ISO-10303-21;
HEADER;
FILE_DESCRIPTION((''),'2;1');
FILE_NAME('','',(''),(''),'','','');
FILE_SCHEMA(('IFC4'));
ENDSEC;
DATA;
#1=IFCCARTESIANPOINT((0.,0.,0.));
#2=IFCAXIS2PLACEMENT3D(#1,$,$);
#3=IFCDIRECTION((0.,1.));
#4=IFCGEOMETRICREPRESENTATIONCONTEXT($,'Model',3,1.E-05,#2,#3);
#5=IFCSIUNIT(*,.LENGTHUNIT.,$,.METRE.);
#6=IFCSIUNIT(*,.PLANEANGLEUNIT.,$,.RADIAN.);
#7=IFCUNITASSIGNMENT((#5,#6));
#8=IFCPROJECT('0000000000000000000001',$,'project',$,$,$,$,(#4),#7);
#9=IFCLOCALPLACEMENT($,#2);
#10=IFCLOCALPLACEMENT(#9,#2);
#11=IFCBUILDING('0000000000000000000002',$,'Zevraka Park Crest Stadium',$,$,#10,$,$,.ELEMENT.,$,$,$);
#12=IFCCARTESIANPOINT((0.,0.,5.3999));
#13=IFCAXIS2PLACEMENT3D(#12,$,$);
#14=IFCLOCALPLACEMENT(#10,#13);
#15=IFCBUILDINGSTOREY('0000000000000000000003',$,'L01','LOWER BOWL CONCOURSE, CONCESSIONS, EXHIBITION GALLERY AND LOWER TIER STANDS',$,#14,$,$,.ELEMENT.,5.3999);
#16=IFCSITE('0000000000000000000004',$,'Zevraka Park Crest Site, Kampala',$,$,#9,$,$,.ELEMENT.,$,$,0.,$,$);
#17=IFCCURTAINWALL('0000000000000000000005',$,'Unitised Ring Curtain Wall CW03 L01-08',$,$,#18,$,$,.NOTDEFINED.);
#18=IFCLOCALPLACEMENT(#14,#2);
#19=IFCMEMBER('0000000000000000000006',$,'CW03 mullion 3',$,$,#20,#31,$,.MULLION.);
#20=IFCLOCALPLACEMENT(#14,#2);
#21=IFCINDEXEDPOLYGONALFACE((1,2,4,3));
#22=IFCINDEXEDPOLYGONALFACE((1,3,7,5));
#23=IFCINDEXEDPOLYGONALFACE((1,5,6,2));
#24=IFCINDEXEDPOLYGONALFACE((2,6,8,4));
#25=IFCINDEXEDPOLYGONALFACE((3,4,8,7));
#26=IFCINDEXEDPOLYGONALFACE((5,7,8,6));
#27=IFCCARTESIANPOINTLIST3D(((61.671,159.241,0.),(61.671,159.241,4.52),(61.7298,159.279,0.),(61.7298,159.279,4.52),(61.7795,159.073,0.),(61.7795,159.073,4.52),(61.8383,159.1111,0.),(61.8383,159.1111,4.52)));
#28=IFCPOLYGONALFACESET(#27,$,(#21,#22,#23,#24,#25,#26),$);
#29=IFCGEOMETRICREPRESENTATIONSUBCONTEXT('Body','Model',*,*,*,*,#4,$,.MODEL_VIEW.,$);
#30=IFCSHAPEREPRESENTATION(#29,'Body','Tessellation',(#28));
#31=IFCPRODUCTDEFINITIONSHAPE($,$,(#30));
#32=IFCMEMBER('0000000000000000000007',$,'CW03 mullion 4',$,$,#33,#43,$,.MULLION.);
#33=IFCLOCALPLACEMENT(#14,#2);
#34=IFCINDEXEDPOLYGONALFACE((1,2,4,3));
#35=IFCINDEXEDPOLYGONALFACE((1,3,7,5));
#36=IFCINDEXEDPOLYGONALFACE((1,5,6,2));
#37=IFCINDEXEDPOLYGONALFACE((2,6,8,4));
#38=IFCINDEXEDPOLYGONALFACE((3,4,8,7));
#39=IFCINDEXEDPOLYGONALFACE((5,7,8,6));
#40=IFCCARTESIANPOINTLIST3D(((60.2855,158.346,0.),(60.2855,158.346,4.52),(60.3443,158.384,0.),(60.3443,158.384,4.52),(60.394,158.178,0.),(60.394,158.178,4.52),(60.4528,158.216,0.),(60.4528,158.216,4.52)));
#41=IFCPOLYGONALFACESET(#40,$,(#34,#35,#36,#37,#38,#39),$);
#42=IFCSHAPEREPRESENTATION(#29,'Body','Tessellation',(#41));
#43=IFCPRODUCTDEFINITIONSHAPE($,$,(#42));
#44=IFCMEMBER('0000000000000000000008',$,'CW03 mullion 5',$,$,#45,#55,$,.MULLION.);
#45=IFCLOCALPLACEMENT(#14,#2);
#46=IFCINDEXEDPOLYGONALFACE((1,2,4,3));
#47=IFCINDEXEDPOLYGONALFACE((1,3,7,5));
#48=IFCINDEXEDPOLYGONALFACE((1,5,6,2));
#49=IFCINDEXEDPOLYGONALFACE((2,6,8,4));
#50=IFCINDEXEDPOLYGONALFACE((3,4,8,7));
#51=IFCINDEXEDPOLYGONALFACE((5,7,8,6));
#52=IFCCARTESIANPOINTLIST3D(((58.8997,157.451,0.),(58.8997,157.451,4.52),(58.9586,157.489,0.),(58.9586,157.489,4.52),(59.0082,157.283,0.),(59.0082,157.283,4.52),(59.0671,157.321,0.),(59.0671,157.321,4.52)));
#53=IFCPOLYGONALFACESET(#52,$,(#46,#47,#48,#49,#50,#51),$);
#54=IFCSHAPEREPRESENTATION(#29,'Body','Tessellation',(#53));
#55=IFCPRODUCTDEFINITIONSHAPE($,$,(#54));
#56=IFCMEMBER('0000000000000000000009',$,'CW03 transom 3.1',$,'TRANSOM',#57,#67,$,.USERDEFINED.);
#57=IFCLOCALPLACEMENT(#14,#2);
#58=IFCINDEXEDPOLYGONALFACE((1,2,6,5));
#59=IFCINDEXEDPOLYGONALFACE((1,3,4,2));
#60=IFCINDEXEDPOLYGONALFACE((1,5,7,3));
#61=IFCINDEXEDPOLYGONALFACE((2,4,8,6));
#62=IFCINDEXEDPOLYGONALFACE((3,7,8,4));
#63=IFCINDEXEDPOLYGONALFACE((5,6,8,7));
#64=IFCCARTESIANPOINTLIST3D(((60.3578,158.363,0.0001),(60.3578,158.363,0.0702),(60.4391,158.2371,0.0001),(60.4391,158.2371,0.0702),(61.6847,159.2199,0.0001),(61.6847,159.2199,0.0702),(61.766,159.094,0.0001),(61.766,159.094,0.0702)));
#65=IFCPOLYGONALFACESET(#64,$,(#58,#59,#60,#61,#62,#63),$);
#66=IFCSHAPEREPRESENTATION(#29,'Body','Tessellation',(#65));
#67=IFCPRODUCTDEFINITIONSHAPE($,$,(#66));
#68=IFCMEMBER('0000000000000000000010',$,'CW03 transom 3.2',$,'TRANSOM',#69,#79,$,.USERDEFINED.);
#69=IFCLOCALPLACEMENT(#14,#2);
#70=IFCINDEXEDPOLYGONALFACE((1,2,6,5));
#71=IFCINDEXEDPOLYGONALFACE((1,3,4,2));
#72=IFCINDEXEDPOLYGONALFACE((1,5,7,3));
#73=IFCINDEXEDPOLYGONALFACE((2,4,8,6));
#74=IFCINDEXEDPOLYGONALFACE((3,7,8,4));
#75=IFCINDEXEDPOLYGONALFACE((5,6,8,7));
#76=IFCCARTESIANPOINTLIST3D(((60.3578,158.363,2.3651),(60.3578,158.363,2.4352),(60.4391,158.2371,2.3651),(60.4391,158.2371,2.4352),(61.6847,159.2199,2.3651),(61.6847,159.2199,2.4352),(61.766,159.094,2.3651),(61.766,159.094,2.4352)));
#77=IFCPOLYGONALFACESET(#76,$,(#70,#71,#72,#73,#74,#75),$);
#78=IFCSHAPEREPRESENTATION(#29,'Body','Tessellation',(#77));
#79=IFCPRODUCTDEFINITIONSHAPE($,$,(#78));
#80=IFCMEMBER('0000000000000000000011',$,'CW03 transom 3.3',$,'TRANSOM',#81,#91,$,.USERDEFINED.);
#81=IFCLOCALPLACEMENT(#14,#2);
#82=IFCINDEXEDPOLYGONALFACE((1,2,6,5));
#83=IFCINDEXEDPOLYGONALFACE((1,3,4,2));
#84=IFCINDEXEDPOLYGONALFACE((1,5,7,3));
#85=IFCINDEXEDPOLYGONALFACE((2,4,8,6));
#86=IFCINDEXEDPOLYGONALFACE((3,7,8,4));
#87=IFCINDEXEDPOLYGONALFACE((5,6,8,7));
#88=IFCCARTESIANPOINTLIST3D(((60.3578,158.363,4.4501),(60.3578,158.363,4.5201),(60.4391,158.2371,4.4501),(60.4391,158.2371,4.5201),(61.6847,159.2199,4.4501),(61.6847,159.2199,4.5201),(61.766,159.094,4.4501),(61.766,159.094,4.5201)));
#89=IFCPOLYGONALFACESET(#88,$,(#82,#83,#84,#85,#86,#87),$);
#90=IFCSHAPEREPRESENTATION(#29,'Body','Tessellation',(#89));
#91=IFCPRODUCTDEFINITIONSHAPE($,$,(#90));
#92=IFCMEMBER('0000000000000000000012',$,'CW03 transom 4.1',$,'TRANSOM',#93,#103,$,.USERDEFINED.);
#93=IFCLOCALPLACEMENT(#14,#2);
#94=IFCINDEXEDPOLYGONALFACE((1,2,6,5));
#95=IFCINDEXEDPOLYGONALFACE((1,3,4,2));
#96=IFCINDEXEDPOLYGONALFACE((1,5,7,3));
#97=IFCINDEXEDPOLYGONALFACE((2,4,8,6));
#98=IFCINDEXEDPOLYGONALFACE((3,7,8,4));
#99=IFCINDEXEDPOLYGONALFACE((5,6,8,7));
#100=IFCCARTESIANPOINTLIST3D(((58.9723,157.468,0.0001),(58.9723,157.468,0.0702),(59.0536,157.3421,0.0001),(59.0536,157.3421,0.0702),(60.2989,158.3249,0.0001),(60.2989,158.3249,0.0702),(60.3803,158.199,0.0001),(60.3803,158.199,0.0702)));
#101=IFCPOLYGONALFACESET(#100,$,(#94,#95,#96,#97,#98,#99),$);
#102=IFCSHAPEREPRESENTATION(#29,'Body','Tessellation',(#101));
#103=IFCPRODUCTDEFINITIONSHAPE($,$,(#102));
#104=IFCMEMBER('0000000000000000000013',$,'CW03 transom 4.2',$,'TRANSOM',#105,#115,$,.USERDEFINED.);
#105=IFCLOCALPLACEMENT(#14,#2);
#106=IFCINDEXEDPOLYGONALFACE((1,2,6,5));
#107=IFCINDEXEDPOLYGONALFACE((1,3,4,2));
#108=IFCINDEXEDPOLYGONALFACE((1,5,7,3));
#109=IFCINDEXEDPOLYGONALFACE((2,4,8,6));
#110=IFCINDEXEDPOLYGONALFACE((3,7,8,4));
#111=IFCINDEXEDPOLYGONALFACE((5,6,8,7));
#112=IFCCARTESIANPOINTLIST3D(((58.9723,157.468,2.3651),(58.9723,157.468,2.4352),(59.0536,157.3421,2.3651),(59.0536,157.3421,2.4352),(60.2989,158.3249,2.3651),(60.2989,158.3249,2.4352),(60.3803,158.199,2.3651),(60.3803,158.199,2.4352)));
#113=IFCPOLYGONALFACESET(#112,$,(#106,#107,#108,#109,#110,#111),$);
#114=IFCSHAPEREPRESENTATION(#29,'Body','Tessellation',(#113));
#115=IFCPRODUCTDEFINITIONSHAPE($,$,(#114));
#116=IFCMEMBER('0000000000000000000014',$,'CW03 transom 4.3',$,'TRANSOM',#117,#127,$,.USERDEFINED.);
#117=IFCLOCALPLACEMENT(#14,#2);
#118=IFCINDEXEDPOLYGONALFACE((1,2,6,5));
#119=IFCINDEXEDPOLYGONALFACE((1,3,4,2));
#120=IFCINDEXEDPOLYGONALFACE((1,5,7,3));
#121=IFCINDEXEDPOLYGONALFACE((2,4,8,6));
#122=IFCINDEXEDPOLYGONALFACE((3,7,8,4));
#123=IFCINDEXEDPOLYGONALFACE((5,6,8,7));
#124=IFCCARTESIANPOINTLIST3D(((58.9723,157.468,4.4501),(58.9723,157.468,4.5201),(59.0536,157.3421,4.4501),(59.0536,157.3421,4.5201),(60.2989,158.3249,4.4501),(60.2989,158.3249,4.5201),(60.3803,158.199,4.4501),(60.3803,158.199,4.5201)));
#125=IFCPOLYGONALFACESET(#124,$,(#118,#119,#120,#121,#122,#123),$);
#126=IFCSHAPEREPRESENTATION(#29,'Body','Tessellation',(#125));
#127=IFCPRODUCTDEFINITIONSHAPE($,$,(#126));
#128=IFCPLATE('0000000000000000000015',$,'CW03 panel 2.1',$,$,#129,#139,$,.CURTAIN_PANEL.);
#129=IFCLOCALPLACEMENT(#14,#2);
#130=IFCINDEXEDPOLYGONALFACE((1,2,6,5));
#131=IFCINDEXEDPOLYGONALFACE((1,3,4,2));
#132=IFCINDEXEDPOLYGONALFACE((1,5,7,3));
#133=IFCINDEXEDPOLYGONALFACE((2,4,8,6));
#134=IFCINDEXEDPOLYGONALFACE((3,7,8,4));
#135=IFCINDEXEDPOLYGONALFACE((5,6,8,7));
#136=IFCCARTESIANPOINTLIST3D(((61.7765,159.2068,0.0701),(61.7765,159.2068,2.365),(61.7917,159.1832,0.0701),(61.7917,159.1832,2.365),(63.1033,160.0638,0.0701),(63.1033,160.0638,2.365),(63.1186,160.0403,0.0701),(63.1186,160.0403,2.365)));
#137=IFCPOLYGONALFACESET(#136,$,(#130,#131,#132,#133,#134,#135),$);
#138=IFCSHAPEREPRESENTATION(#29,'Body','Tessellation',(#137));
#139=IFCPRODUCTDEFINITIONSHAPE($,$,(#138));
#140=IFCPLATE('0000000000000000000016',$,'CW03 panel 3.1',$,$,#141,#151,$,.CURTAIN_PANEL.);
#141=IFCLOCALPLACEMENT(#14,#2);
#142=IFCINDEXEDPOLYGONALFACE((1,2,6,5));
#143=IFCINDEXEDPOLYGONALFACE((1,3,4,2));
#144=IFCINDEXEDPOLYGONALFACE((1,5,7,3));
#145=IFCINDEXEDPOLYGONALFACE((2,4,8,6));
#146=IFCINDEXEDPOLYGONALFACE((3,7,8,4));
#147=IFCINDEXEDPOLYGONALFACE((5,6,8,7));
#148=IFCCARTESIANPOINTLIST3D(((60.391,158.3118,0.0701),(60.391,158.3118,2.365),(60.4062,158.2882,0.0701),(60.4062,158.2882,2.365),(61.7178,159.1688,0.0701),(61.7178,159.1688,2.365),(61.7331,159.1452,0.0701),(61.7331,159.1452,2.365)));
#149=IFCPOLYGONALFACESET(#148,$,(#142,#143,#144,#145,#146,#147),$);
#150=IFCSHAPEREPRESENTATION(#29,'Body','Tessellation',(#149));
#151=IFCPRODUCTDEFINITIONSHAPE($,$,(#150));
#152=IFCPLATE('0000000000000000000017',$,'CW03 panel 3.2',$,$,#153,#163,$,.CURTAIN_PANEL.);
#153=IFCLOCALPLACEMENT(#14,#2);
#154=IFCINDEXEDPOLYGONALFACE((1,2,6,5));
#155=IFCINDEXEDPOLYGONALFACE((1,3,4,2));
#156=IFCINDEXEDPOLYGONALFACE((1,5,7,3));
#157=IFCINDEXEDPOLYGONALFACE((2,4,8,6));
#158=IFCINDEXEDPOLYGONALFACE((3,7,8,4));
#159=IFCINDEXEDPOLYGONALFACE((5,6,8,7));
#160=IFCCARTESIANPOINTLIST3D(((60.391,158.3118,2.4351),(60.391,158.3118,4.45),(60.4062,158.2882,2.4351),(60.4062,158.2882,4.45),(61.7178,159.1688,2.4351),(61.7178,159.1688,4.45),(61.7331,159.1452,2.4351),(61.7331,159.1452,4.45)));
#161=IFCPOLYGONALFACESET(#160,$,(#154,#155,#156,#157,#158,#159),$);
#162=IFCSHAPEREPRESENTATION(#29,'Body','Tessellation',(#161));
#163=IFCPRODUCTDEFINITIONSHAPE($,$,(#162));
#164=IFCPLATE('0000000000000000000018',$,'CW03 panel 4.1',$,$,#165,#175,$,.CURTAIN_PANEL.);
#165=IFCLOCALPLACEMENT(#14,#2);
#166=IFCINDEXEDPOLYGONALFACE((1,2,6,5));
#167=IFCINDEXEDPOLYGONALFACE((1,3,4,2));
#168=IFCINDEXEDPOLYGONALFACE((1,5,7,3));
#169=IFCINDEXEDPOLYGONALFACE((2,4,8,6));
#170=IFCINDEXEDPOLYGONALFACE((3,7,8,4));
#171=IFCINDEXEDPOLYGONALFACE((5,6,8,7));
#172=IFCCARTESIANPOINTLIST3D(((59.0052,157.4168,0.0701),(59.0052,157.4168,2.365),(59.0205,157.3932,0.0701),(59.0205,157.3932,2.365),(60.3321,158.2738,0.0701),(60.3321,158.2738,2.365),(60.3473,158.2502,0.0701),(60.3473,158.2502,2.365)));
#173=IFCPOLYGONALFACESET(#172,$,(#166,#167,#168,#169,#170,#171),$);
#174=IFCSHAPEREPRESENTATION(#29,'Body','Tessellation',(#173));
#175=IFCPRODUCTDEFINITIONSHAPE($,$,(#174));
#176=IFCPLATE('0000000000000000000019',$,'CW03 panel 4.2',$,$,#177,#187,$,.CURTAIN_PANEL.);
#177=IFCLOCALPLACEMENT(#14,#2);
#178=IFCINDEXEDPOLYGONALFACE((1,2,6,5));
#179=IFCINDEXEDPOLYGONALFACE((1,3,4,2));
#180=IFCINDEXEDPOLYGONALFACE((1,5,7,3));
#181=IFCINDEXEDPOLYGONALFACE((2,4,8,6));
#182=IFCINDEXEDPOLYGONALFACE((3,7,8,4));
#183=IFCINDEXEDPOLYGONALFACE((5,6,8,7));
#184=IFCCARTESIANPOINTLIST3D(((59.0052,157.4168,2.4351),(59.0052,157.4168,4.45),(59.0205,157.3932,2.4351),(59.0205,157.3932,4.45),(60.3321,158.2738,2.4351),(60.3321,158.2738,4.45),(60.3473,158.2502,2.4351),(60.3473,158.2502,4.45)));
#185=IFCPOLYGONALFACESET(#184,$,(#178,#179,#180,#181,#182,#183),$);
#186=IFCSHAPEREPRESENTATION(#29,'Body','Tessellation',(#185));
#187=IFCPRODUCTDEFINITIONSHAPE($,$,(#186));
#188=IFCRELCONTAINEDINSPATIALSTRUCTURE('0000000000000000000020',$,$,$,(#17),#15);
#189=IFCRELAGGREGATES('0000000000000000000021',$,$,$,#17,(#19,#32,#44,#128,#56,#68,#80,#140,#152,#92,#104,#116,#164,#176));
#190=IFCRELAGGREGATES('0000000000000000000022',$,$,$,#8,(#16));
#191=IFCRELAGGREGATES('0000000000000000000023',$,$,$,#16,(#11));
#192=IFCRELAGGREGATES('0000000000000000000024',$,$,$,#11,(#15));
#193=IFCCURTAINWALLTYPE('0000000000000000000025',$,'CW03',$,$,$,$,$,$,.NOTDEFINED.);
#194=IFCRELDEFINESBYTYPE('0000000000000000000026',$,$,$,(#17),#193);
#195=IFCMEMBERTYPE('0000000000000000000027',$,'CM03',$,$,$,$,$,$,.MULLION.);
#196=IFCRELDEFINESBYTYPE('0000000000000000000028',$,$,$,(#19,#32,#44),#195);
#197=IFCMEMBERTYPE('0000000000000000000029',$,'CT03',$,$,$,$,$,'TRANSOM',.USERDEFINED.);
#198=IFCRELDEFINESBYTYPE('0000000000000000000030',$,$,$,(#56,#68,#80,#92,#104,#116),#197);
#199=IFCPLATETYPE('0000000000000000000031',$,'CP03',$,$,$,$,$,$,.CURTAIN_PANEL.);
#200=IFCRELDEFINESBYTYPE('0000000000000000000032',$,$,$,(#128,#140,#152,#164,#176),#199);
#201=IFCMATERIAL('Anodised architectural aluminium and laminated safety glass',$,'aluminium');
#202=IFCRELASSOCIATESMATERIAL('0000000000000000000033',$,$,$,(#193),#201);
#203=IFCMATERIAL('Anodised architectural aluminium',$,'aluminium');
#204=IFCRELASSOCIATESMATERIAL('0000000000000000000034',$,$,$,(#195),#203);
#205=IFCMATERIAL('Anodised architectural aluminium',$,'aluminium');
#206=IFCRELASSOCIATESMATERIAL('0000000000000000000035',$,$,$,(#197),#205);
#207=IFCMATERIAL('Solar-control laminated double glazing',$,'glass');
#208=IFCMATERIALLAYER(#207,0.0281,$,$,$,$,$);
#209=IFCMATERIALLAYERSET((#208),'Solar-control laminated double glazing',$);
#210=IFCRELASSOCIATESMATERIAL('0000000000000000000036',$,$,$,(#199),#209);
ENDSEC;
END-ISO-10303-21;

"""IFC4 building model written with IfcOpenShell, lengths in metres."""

from ifc_helpers import new_model, si_unit, direction, frame, origin, origin_2d, place, context, subcontext, project, spatial, rectangle, extrude, material, layer, layer_set, material_profile, profile_set, type_object, element, aggregate, save


model = new_model("IFC4")

# Units and contexts
model_context = context("Model", 3, precision=1e-05, world=origin(), true_north=direction((0.0, 1.0)))
body_context = subcontext(model_context, "Body", "Model", "MODEL_VIEW")
ifc_project = project(units=[si_unit("LENGTHUNIT", "METRE"), si_unit("PLANEANGLEUNIT", "RADIAN")], contexts=[model_context])

# Site, building, storey
site_placement = place(None, origin())
site = spatial("IfcSite", under=ifc_project, at=site_placement, Name="Zevraka Park Crest Site, Kampala", CompositionType="ELEMENT", RefElevation=0.0)
building_placement = place(site_placement, origin())
building = spatial("IfcBuilding", under=site, at=building_placement, Name="Zevraka Park Crest Stadium", CompositionType="ELEMENT")
storey_placement = place(building_placement, frame((0.0, 0.0, 5.3999)))
storey = spatial("IfcBuildingStorey", under=building, at=storey_placement, Name="L01", Description="LOWER BOWL CONCOURSE, CONCESSIONS, EXHIBITION GALLERY AND LOWER TIER STANDS", CompositionType="ELEMENT", Elevation=5.3999)

# Curtain wall, members, plates
ifc_material_1 = material(Name="Anodised architectural aluminium and laminated safety glass", Category="aluminium")
curtain_wall_type = type_object("IfcCurtainWallType", Name="CW03", PredefinedType="NOTDEFINED", material=ifc_material_1)
curtain_wall_placement = place(storey_placement, origin())
curtain_wall = element("IfcCurtainWall", 1, at=curtain_wall_placement, inside=storey, type_object=curtain_wall_type, Name="Unitised Ring Curtain Wall CW03 L01-08", PredefinedType="NOTDEFINED")
ifc_material_2 = material(Name="Anodised architectural aluminium", Category="aluminium")
ifc_material_profile_1 = material_profile(ifc_material_2, rectangle(XDim=0.2, YDim=0.0701, at=origin_2d()), Name="ALU MULLION 200x70")
ifc_profile_set_1 = profile_set([ifc_material_profile_1], Name="Anodised architectural aluminium")
member_type_1 = type_object("IfcMemberType", Name="CM03", PredefinedType="MULLION", material=ifc_profile_set_1)
member_1_placement = place(storey_placement, frame((61.7546, 159.176, 0.0), z_axis=(0.0, 0.0, 1.0), x_axis=(0.542571, -0.84001, 0.0)))
member_1 = element("IfcMember", 2, at=member_1_placement, type_object=member_type_1, Name="CW03 mullion 3", PredefinedType="MULLION", context=body_context, shape_type="SweptSolid", body=[
    extrude(rectangle(XDim=0.2, YDim=0.0701, at=origin_2d()), origin(), (0.0, 0.0, 1.0), 4.52),
])
member_2_placement = place(storey_placement, frame((60.3691, 158.281, 0.0), z_axis=(0.0, 0.0, 1.0), x_axis=(0.542571, -0.84001, 0.0)))
member_2 = element("IfcMember", 3, at=member_2_placement, type_object=member_type_1, Name="CW03 mullion 4", PredefinedType="MULLION", context=body_context, shape_type="SweptSolid", body=[
    extrude(rectangle(XDim=0.2, YDim=0.0701, at=origin_2d()), origin(), (0.0, 0.0, 1.0), 4.52),
])
member_3_placement = place(storey_placement, frame((58.9834, 157.386, 0.0), z_axis=(0.0, 0.0, 1.0), x_axis=(0.542571, -0.84001, 0.0)))
member_3 = element("IfcMember", 4, at=member_3_placement, type_object=member_type_1, Name="CW03 mullion 5", PredefinedType="MULLION", context=body_context, shape_type="SweptSolid", body=[
    extrude(rectangle(XDim=0.2, YDim=0.0701, at=origin_2d()), origin(), (0.0, 0.0, 1.0), 4.52),
])
ifc_material_3 = material(Name="Anodised architectural aluminium", Category="aluminium")
ifc_material_profile_2 = material_profile(ifc_material_3, rectangle(XDim=0.1499, YDim=0.0701, at=origin_2d()), Name="ALU TRANSOM 150x70")
ifc_profile_set_2 = profile_set([ifc_material_profile_2], Name="Anodised architectural aluminium")
member_type_2 = type_object("IfcMemberType", Name="CT03", ElementType="TRANSOM", PredefinedType="USERDEFINED", material=ifc_profile_set_2)
member_4_placement = place(storey_placement, frame((61.7253, 159.157, 0.0352), z_axis=(-0.840047, -0.542514, 0.0), x_axis=(0.542514, -0.840047, 0.0)))
member_4 = element("IfcMember", 5, at=member_4_placement, type_object=member_type_2, Name="CW03 transom 3.1", ObjectType="TRANSOM", PredefinedType="USERDEFINED", context=body_context, shape_type="SweptSolid", body=[
    extrude(rectangle(XDim=0.1499, YDim=0.0701, at=origin_2d()), origin(), (0.0, 0.0, 1.0), 1.5796),
])
member_5_placement = place(storey_placement, frame((61.7253, 159.157, 2.4001), z_axis=(-0.840047, -0.542514, 0.0), x_axis=(0.542514, -0.840047, 0.0)))
member_5 = element("IfcMember", 6, at=member_5_placement, type_object=member_type_2, Name="CW03 transom 3.2", ObjectType="TRANSOM", PredefinedType="USERDEFINED", context=body_context, shape_type="SweptSolid", body=[
    extrude(rectangle(XDim=0.1499, YDim=0.0701, at=origin_2d()), origin(), (0.0, 0.0, 1.0), 1.5796),
])
member_6_placement = place(storey_placement, frame((61.7253, 159.157, 4.4851), z_axis=(-0.840047, -0.542514, 0.0), x_axis=(0.542514, -0.840047, 0.0)))
member_6 = element("IfcMember", 7, at=member_6_placement, type_object=member_type_2, Name="CW03 transom 3.3", ObjectType="TRANSOM", PredefinedType="USERDEFINED", context=body_context, shape_type="SweptSolid", body=[
    extrude(rectangle(XDim=0.1499, YDim=0.0701, at=origin_2d()), origin(), (0.0, 0.0, 1.0), 1.5796),
])
member_7_placement = place(storey_placement, frame((60.3396, 158.262, 0.0352), z_axis=(-0.840001, -0.542585, 0.0), x_axis=(0.542585, -0.840001, 0.0)))
member_7 = element("IfcMember", 8, at=member_7_placement, type_object=member_type_2, Name="CW03 transom 4.1", ObjectType="TRANSOM", PredefinedType="USERDEFINED", context=body_context, shape_type="SweptSolid", body=[
    extrude(rectangle(XDim=0.1499, YDim=0.0701, at=origin_2d()), origin(), (0.0, 0.0, 1.0), 1.5793),
])
member_8_placement = place(storey_placement, frame((60.3396, 158.262, 2.4001), z_axis=(-0.840001, -0.542585, 0.0), x_axis=(0.542585, -0.840001, 0.0)))
member_8 = element("IfcMember", 9, at=member_8_placement, type_object=member_type_2, Name="CW03 transom 4.2", ObjectType="TRANSOM", PredefinedType="USERDEFINED", context=body_context, shape_type="SweptSolid", body=[
    extrude(rectangle(XDim=0.1499, YDim=0.0701, at=origin_2d()), origin(), (0.0, 0.0, 1.0), 1.5793),
])
member_9_placement = place(storey_placement, frame((60.3396, 158.262, 4.4851), z_axis=(-0.840001, -0.542585, 0.0), x_axis=(0.542585, -0.840001, 0.0)))
member_9 = element("IfcMember", 10, at=member_9_placement, type_object=member_type_2, Name="CW03 transom 4.3", ObjectType="TRANSOM", PredefinedType="USERDEFINED", context=body_context, shape_type="SweptSolid", body=[
    extrude(rectangle(XDim=0.1499, YDim=0.0701, at=origin_2d()), origin(), (0.0, 0.0, 1.0), 1.5793),
])
ifc_material_4 = material(Name="Solar-control laminated double glazing", Category="glass")
ifc_layer_1 = layer(ifc_material_4, 0.0281)
ifc_layer_set_1 = layer_set([ifc_layer_1], Name="Solar-control laminated double glazing")
plate_type = type_object("IfcPlateType", Name="CP03", PredefinedType="CURTAIN_PANEL", material=ifc_layer_set_1)
plate_1_placement = place(storey_placement, frame((62.4475, 159.6235, 0.0701), z_axis=(0.0, 0.0, 1.0), x_axis=(-0.84001, -0.542571, 0.0)))
plate_1 = element("IfcPlate", 11, at=plate_1_placement, type_object=plate_type, Name="CW03 panel 2.1", PredefinedType="CURTAIN_PANEL", context=body_context, shape_type="SweptSolid", body=[
    extrude(rectangle(XDim=1.5796, YDim=0.0281, at=origin_2d()), origin(), (0.0, 0.0, 1.0), 2.2949),
])
plate_2_placement = place(storey_placement, frame((61.062, 158.7285, 0.0701), z_axis=(0.0, 0.0, 1.0), x_axis=(-0.84001, -0.542571, 0.0)))
plate_2 = element("IfcPlate", 12, at=plate_2_placement, type_object=plate_type, Name="CW03 panel 3.1", PredefinedType="CURTAIN_PANEL", context=body_context, shape_type="SweptSolid", body=[
    extrude(rectangle(XDim=1.5796, YDim=0.0281, at=origin_2d()), origin(), (0.0, 0.0, 1.0), 2.2949),
])
plate_3_placement = place(storey_placement, frame((61.062, 158.7285, 2.4351), z_axis=(0.0, 0.0, 1.0), x_axis=(-0.84001, -0.542571, 0.0)))
plate_3 = element("IfcPlate", 13, at=plate_3_placement, type_object=plate_type, Name="CW03 panel 3.2", PredefinedType="CURTAIN_PANEL", context=body_context, shape_type="SweptSolid", body=[
    extrude(rectangle(XDim=1.5796, YDim=0.0281, at=origin_2d()), origin(), (0.0, 0.0, 1.0), 2.0149),
])
plate_4_placement = place(storey_placement, frame((59.6763, 157.8335, 0.0701), z_axis=(0.0, 0.0, 1.0), x_axis=(-0.84001, -0.542571, 0.0)))
plate_4 = element("IfcPlate", 14, at=plate_4_placement, type_object=plate_type, Name="CW03 panel 4.1", PredefinedType="CURTAIN_PANEL", context=body_context, shape_type="SweptSolid", body=[
    extrude(rectangle(XDim=1.5796, YDim=0.0281, at=origin_2d()), origin(), (0.0, 0.0, 1.0), 2.2949),
])
plate_5_placement = place(storey_placement, frame((59.6763, 157.8335, 2.4351), z_axis=(0.0, 0.0, 1.0), x_axis=(-0.84001, -0.542571, 0.0)))
plate_5 = element("IfcPlate", 15, at=plate_5_placement, type_object=plate_type, Name="CW03 panel 4.2", PredefinedType="CURTAIN_PANEL", context=body_context, shape_type="SweptSolid", body=[
    extrude(rectangle(XDim=1.5796, YDim=0.0281, at=origin_2d()), origin(), (0.0, 0.0, 1.0), 2.0149),
])
aggregate(curtain_wall, [member_1, member_2, member_3, plate_1, member_4, member_5, member_6, plate_2, plate_3, member_7, member_8, member_9, plate_4, plate_5])

save(model, "model.ifc")
